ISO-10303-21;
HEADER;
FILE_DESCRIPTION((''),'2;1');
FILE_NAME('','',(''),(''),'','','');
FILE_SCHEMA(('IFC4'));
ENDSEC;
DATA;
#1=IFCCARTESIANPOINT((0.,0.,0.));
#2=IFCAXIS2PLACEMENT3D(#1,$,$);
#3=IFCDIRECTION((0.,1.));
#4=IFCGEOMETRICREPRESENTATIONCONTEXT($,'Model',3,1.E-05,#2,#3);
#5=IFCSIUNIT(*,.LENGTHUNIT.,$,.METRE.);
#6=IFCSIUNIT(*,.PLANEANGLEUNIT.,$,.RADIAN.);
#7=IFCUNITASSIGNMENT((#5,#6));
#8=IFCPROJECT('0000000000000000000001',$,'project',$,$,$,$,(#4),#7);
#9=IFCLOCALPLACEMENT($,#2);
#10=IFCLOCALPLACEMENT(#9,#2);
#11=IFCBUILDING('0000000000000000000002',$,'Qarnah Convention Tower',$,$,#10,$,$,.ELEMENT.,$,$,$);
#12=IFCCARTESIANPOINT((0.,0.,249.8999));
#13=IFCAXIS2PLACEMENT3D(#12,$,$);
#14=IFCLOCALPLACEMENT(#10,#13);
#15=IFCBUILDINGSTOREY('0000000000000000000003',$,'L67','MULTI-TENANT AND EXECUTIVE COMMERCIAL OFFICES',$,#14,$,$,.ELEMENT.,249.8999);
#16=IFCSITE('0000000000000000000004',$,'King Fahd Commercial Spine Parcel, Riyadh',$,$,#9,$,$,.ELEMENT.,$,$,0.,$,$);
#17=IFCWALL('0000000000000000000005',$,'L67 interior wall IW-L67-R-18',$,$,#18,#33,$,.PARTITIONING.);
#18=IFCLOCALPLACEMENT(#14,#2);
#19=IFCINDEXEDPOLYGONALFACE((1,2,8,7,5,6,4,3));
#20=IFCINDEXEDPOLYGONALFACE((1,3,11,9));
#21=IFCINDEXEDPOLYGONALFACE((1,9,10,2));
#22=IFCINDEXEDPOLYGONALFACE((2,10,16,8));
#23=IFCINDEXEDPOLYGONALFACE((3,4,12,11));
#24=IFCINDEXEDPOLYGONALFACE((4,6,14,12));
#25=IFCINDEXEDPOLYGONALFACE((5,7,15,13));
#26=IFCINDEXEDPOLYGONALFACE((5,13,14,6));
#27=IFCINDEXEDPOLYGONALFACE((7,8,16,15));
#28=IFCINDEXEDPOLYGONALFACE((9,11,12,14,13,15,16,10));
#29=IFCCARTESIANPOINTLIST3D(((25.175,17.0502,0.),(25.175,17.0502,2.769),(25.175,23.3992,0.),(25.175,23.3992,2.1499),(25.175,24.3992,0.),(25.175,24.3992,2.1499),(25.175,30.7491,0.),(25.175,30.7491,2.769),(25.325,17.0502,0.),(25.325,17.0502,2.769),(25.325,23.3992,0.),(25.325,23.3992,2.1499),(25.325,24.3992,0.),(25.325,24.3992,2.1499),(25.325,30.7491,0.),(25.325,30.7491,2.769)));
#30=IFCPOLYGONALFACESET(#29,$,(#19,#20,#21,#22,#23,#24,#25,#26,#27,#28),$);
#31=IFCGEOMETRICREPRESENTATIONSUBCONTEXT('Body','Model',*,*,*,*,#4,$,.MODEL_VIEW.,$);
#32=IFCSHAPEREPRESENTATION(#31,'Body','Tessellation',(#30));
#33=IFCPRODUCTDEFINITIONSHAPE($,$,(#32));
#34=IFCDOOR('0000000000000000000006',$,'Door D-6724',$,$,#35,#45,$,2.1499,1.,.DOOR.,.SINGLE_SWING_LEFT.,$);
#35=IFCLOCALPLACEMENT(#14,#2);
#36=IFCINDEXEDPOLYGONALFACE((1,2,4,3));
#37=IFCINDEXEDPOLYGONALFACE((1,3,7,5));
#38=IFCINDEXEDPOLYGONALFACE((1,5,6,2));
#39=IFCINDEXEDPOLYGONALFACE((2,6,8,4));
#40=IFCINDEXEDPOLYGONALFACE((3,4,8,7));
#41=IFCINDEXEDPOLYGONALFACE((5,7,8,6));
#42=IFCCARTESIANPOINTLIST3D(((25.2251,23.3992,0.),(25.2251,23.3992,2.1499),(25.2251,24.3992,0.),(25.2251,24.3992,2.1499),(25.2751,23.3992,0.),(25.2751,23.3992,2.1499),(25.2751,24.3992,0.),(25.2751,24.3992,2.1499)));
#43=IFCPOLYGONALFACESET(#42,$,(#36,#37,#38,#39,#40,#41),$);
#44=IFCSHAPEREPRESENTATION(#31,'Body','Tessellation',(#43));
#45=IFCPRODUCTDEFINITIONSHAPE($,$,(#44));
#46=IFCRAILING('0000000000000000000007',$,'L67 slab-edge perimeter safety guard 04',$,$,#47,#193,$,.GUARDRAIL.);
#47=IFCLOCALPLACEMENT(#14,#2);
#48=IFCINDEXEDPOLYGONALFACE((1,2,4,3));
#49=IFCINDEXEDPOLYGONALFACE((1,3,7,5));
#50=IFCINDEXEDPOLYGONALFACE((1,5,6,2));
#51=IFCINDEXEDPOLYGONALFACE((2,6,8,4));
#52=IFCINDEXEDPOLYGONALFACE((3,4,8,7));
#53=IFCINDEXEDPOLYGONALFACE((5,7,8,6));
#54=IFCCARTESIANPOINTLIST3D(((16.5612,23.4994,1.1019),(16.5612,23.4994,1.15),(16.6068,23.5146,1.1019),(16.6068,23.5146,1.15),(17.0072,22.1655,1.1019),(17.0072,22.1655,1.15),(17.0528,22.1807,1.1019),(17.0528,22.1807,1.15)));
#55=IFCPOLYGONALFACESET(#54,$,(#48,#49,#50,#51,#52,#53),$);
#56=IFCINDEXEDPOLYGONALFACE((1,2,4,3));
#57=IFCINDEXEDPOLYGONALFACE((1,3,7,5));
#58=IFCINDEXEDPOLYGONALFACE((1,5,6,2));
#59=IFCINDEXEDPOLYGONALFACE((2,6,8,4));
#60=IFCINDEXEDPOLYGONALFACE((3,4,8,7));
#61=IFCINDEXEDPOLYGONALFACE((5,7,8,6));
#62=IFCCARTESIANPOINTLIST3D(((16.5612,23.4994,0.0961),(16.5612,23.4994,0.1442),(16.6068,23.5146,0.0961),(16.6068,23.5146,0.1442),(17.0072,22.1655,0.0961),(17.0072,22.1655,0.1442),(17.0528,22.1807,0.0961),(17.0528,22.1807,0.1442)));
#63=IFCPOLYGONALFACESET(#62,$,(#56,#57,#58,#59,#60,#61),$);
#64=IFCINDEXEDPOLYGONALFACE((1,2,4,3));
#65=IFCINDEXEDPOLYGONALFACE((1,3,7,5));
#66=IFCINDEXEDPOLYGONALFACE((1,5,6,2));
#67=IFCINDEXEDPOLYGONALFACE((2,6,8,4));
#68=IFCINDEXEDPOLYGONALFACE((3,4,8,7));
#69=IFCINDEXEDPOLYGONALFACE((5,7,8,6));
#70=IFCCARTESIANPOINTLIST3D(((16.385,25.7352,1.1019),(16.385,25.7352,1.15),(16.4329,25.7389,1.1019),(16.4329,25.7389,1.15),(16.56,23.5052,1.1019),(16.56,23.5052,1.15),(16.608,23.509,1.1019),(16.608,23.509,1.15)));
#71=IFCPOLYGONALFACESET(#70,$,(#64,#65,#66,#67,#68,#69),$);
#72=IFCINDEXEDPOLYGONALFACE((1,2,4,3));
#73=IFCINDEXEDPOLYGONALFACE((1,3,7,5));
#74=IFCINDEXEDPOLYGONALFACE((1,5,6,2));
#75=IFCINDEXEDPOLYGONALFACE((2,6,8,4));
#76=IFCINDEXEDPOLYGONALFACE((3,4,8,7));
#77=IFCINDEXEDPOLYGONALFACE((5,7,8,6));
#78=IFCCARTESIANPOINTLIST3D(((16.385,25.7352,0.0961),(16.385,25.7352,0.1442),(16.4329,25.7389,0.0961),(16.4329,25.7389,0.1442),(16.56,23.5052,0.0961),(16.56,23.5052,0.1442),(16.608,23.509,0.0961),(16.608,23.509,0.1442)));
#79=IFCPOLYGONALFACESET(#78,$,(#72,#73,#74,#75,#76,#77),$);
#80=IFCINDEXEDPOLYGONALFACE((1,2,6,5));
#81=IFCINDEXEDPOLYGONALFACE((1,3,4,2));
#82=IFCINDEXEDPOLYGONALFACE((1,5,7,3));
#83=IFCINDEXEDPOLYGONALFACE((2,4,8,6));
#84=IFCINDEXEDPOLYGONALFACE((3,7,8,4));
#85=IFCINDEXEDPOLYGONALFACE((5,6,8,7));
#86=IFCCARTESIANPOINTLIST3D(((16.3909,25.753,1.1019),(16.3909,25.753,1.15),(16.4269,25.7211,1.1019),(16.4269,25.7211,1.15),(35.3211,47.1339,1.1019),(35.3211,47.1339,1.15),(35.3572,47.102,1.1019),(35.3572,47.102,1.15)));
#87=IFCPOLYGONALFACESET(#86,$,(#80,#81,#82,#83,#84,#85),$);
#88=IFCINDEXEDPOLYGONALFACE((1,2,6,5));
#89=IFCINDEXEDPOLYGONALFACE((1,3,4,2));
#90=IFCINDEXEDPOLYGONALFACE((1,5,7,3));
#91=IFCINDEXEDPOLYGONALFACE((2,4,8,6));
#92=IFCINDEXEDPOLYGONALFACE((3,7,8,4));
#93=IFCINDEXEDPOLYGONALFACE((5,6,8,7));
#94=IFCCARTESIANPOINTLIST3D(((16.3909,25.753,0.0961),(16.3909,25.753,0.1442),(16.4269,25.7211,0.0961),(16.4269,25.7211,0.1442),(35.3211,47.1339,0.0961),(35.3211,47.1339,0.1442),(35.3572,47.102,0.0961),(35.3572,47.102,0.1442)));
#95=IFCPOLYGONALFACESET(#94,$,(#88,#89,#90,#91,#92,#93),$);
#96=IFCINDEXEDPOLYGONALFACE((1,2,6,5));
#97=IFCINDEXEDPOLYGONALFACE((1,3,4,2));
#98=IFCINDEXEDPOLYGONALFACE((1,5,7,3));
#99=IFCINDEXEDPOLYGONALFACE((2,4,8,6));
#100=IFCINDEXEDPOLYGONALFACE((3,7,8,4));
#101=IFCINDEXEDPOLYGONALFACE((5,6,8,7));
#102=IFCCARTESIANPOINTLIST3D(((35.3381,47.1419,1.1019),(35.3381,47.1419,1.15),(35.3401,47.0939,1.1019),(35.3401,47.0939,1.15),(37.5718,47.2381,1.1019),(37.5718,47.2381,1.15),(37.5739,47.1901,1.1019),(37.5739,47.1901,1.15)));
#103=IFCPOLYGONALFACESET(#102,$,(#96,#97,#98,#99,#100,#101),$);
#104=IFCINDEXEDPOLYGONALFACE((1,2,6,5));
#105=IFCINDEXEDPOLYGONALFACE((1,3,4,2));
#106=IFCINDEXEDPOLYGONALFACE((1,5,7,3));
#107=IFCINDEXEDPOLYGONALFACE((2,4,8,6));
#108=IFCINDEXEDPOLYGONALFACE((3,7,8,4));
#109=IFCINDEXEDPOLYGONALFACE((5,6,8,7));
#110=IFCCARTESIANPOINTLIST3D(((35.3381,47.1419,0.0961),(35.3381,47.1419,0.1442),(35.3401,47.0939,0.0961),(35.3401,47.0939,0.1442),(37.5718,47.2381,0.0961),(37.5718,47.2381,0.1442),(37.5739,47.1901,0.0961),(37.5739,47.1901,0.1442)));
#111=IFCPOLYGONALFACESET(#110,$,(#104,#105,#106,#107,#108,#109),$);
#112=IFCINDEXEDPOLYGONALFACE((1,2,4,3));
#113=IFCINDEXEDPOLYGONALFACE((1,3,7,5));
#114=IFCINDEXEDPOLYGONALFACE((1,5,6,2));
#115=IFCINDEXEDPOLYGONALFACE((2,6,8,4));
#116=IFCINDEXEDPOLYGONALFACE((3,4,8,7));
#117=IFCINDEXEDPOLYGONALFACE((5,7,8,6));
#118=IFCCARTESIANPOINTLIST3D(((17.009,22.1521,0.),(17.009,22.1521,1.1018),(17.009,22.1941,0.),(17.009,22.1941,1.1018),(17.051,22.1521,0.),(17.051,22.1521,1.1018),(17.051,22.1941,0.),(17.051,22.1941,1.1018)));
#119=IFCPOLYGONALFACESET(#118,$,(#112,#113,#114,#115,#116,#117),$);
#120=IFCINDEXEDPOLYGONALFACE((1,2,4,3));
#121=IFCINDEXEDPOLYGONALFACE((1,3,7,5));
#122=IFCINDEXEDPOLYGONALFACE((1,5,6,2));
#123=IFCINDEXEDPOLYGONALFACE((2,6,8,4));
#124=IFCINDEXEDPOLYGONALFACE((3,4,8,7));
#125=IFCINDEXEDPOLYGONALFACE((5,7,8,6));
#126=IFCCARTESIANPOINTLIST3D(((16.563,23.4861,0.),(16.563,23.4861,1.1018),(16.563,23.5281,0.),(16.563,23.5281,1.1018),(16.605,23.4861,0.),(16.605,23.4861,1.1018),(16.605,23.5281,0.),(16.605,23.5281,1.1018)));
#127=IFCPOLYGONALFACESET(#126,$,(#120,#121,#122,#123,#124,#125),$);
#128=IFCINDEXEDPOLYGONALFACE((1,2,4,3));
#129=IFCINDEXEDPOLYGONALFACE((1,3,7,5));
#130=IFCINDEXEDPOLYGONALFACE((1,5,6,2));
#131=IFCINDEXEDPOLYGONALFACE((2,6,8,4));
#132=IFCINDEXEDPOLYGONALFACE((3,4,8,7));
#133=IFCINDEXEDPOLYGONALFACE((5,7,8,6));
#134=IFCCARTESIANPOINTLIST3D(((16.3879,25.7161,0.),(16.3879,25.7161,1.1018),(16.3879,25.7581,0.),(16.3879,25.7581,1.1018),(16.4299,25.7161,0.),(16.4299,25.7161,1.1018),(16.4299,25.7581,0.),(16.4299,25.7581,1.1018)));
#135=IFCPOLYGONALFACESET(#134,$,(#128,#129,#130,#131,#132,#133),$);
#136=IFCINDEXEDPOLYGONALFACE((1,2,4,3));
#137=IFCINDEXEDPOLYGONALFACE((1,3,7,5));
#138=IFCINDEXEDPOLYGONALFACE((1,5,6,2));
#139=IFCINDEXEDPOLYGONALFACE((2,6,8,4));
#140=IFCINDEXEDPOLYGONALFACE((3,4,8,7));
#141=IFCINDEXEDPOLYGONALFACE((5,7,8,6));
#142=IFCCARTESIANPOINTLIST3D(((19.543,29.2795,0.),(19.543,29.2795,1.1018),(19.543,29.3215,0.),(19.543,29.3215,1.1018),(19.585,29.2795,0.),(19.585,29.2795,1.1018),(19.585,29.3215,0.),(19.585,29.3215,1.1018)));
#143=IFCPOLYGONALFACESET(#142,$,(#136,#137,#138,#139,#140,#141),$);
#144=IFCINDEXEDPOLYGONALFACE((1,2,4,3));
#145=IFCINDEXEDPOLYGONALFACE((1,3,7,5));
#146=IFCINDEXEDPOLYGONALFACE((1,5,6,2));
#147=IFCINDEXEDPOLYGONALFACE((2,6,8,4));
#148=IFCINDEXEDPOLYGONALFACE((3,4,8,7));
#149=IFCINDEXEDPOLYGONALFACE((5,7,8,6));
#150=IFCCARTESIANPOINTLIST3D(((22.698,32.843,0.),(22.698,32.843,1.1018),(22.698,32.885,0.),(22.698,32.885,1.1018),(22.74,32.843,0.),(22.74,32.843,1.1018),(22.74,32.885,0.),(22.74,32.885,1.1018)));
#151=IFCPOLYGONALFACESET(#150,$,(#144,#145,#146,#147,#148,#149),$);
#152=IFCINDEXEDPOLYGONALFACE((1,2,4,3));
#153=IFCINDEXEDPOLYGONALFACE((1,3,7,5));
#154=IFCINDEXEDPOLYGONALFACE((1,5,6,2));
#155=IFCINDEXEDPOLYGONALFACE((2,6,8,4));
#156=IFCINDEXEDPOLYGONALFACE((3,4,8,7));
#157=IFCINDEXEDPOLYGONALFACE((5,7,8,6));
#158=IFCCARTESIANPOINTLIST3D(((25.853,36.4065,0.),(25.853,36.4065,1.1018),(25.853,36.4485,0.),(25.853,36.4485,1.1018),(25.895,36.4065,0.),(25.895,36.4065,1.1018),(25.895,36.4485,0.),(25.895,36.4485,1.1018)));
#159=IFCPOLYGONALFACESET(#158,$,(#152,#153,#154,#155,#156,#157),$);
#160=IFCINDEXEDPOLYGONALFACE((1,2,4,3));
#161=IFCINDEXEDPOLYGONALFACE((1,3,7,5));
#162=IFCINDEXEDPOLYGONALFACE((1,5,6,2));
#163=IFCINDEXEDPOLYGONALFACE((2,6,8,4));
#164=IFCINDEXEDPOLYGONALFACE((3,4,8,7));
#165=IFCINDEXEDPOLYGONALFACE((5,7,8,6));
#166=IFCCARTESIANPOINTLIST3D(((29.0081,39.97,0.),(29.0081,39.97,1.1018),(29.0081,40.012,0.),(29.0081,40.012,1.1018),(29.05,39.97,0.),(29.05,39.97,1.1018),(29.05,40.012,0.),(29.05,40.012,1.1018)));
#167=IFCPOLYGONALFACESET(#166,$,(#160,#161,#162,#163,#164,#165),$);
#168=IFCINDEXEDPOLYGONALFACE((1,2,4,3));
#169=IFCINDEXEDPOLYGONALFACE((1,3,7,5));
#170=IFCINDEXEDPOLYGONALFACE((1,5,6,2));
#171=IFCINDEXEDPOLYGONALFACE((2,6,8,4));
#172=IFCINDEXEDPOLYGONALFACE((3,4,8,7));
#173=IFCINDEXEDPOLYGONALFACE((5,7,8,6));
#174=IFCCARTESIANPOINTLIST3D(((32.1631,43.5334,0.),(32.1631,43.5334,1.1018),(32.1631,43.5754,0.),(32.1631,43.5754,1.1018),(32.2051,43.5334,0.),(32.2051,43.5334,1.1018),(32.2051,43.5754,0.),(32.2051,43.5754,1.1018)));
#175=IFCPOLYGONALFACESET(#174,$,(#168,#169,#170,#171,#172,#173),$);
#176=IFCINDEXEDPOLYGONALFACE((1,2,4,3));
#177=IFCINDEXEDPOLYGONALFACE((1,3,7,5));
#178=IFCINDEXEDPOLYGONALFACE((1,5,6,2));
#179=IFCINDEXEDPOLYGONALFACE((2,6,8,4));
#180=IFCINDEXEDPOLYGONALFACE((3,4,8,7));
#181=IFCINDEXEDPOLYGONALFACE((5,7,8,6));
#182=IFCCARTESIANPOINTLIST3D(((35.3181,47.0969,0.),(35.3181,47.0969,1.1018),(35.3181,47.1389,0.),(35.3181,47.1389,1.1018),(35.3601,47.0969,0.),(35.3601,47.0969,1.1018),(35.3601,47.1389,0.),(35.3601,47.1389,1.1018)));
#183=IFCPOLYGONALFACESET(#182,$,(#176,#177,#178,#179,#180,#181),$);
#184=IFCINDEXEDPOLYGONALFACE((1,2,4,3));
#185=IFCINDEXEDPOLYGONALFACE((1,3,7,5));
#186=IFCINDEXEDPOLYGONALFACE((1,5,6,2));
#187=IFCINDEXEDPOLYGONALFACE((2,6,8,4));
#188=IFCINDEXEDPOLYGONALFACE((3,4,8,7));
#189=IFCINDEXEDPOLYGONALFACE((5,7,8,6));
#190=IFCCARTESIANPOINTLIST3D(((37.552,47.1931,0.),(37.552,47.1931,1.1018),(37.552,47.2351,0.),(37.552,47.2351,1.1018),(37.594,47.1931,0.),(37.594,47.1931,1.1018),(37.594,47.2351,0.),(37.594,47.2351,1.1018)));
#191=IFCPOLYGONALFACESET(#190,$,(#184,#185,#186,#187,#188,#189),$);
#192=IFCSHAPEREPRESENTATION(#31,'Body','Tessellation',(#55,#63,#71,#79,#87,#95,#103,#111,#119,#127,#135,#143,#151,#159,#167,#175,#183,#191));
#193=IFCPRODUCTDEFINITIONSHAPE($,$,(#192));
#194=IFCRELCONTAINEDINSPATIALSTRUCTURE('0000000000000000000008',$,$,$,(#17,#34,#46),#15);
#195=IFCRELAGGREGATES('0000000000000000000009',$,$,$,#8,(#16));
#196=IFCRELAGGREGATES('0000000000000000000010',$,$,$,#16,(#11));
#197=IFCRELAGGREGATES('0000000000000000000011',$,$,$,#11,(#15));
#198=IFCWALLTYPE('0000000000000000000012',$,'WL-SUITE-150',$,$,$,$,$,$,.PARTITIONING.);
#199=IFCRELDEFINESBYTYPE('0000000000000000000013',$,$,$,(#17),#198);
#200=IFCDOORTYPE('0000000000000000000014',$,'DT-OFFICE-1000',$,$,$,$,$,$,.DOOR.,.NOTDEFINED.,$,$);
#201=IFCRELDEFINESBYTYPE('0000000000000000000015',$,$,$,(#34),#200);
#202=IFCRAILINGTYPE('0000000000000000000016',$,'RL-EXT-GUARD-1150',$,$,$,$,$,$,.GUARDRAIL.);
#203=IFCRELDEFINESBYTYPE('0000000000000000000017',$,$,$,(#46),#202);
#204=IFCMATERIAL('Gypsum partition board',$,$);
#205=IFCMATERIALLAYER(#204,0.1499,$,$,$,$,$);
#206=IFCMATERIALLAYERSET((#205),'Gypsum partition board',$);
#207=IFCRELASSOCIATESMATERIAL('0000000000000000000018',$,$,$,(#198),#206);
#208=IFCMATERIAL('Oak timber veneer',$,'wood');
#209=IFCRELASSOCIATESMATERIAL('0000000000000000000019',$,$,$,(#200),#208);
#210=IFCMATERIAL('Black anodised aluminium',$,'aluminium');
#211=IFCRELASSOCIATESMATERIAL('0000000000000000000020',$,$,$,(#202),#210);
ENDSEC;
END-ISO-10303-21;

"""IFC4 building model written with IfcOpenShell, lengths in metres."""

from ifc_helpers import new_model, si_unit, direction, frame, frame_2d, origin, origin_2d, place, context, subcontext, project, spatial, rectangle, extrude, material, layer, layer_set, type_object, element, fill, save


model = new_model("IFC4")

# Units and contexts
model_context = context("Model", 3, precision=1e-05, world=origin(), true_north=direction((0.0, 1.0)))
body_context = subcontext(model_context, "Body", "Model", "MODEL_VIEW")
ifc_project = project(units=[si_unit("LENGTHUNIT", "METRE"), si_unit("PLANEANGLEUNIT", "RADIAN")], contexts=[model_context])

# Site, building, storey
site_placement = place(None, origin())
site = spatial("IfcSite", under=ifc_project, at=site_placement, Name="King Fahd Commercial Spine Parcel, Riyadh", CompositionType="ELEMENT", RefElevation=0.0)
building_placement = place(site_placement, origin())
building = spatial("IfcBuilding", under=site, at=building_placement, Name="Qarnah Convention Tower", CompositionType="ELEMENT")
storey_placement = place(building_placement, frame((0.0, 0.0, 249.8999)))
storey = spatial("IfcBuildingStorey", under=building, at=storey_placement, Name="L67", Description="MULTI-TENANT AND EXECUTIVE COMMERCIAL OFFICES", CompositionType="ELEMENT", Elevation=249.8999)

# Shared definitions
ifc_material_1 = material(Name="Black anodised aluminium", Category="aluminium")

# Shared definitions
ifc_material_2 = material(Name="Gypsum partition board")
ifc_layer_1 = layer(ifc_material_2, 0.1499)
ifc_layer_set_1 = layer_set([ifc_layer_1], Name="Gypsum partition board")
wall_type_1 = type_object("IfcWallType", Name="WL-SUITE-150", PredefinedType="PARTITIONING", material=ifc_layer_set_1)

# Wall, opening, door
wall_1_placement = place(storey_placement, frame((25.25, 17.05, 0.0), z_axis=(0.0, 0.0, 1.0), x_axis=(0.0, 1.0, 0.0)))
wall_1 = element("IfcWall", 1, at=wall_1_placement, inside=storey, type_object=wall_type_1, Name="L67 interior wall IW-L67-R-18", PredefinedType="PARTITIONING", context=body_context, shape_type="SweptSolid", body=[
    extrude(rectangle(XDim=13.699, YDim=0.1499, at=frame_2d((6.8496, 0.0))), origin(), (0.0, 0.0, 1.0), 2.769),
])
opening_1_placement = place(wall_1_placement, frame((6.3491, 0.0, 0.0)))
opening_1 = element("IfcOpeningElement", 2, at=opening_1_placement, cuts=wall_1, PredefinedType="OPENING", context=body_context, shape_type="SweptSolid", body=[
    extrude(rectangle(XDim=1.0, YDim=2.1499, at=frame_2d((0.5, 1.075))), frame((0.0, 0.085, 0.0), z_axis=(0.0, -1.0, 0.0), x_axis=(1.0, 0.0, 0.0)), (0.0, 0.0, 1.0), 0.1699),
])
ifc_material_3 = material(Name="Oak timber veneer", Category="wood")
door_type_1 = type_object("IfcDoorType", Name="DT-OFFICE-1000", OperationType="NOTDEFINED", PredefinedType="DOOR", material=ifc_material_3)
door_1_placement = place(opening_1_placement, origin())
door_1 = element("IfcDoor", 3, at=door_1_placement, inside=storey, type_object=door_type_1, Name="Door D-6724", OperationType="SINGLE_SWING_LEFT", OverallHeight=2.1499, OverallWidth=1.0, PredefinedType="DOOR", context=body_context, shape_type="SweptSolid", body=[
    extrude(rectangle(XDim=1.0, YDim=2.1499, at=frame_2d((0.5, 1.075))), frame((0.0, 0.0249, 0.0), z_axis=(0.0, -1.0, 0.0), x_axis=(1.0, 0.0, 0.0)), (0.0, 0.0, 1.0), 0.05),
])
fill(opening_1, door_1)

# Railing
railing_type = type_object("IfcRailingType", Name="RL-EXT-GUARD-1150", PredefinedType="GUARDRAIL", material=ifc_material_1)
railing_1_placement = place(storey_placement, frame((17.03, 22.1731, 0.0)))
element("IfcRailing", 4, at=railing_1_placement, inside=storey, type_object=railing_type, Name="L67 slab-edge perimeter safety guard 04", PredefinedType="GUARDRAIL", context=body_context, shape_type="SweptSolid", body=[
    extrude(rectangle(XDim=0.0481, YDim=0.0481, at=origin_2d()), frame((0.0, 0.0, 1.126), z_axis=(-0.317113, 0.948388, 0.0), x_axis=(-0.948388, -0.317113, 0.0)), (0.0, 0.0, 1.0), 1.4065),
    extrude(rectangle(XDim=0.0481, YDim=0.0481, at=origin_2d()), frame((0.0, 0.0, 0.1201), z_axis=(-0.317113, 0.948388, 0.0), x_axis=(-0.948388, -0.317113, 0.0)), (0.0, 0.0, 1.0), 1.4065),
    extrude(rectangle(XDim=0.0481, YDim=0.0481, at=origin_2d()), frame((-0.446, 1.334, 1.126), z_axis=(-0.078257, 0.996933, 0.0), x_axis=(-0.996933, -0.078257, 0.0)), (0.0, 0.0, 1.0), 2.2368),
    extrude(rectangle(XDim=0.0481, YDim=0.0481, at=origin_2d()), frame((-0.446, 1.334, 0.1201), z_axis=(-0.078257, 0.996933, 0.0), x_axis=(-0.996933, -0.078257, 0.0)), (0.0, 0.0, 1.0), 2.2368),
    extrude(rectangle(XDim=0.0481, YDim=0.0481, at=origin_2d()), frame((-0.6211, 3.564, 1.126), z_axis=(0.662895, 0.748713, 0.0), x_axis=(-0.748713, 0.662895, 0.0)), (0.0, 0.0, 1.0), 28.5569),
    extrude(rectangle(XDim=0.0481, YDim=0.0481, at=origin_2d()), frame((-0.6211, 3.564, 0.1201), z_axis=(0.662895, 0.748713, 0.0), x_axis=(-0.748713, 0.662895, 0.0)), (0.0, 0.0, 1.0), 28.5569),
    extrude(rectangle(XDim=0.0481, YDim=0.0481, at=origin_2d()), frame((18.3091, 24.9448, 1.126), z_axis=(0.999074, 0.04302, 0.0), x_axis=(-0.04302, 0.999074, 0.0)), (0.0, 0.0, 1.0), 2.2358),
    extrude(rectangle(XDim=0.0481, YDim=0.0481, at=origin_2d()), frame((18.3091, 24.9448, 0.1201), z_axis=(0.999074, 0.04302, 0.0), x_axis=(-0.04302, 0.999074, 0.0)), (0.0, 0.0, 1.0), 2.2358),
    extrude(rectangle(XDim=0.042, YDim=0.042, at=origin_2d()), origin(), (0.0, 0.0, 1.0), 1.1018),
    extrude(rectangle(XDim=0.042, YDim=0.042, at=origin_2d()), frame((-0.446, 1.334, 0.0)), (0.0, 0.0, 1.0), 1.1018),
    extrude(rectangle(XDim=0.042, YDim=0.042, at=origin_2d()), frame((-0.6211, 3.564, 0.0)), (0.0, 0.0, 1.0), 1.1018),
    extrude(rectangle(XDim=0.042, YDim=0.042, at=origin_2d()), frame((2.5339, 7.1274, 0.0)), (0.0, 0.0, 1.0), 1.1018),
    extrude(rectangle(XDim=0.042, YDim=0.042, at=origin_2d()), frame((5.689, 10.6909, 0.0)), (0.0, 0.0, 1.0), 1.1018),
    extrude(rectangle(XDim=0.042, YDim=0.042, at=origin_2d()), frame((8.844, 14.2544, 0.0)), (0.0, 0.0, 1.0), 1.1018),
    extrude(rectangle(XDim=0.042, YDim=0.042, at=origin_2d()), frame((11.999, 17.8179, 0.0)), (0.0, 0.0, 1.0), 1.1018),
    extrude(rectangle(XDim=0.042, YDim=0.042, at=origin_2d()), frame((15.1541, 21.3813, 0.0)), (0.0, 0.0, 1.0), 1.1018),
    extrude(rectangle(XDim=0.042, YDim=0.042, at=origin_2d()), frame((18.3091, 24.9448, 0.0)), (0.0, 0.0, 1.0), 1.1018),
    extrude(rectangle(XDim=0.042, YDim=0.042, at=origin_2d()), frame((20.543, 25.041, 0.0)), (0.0, 0.0, 1.0), 1.1018),
])

save(model, "model.ifc")
